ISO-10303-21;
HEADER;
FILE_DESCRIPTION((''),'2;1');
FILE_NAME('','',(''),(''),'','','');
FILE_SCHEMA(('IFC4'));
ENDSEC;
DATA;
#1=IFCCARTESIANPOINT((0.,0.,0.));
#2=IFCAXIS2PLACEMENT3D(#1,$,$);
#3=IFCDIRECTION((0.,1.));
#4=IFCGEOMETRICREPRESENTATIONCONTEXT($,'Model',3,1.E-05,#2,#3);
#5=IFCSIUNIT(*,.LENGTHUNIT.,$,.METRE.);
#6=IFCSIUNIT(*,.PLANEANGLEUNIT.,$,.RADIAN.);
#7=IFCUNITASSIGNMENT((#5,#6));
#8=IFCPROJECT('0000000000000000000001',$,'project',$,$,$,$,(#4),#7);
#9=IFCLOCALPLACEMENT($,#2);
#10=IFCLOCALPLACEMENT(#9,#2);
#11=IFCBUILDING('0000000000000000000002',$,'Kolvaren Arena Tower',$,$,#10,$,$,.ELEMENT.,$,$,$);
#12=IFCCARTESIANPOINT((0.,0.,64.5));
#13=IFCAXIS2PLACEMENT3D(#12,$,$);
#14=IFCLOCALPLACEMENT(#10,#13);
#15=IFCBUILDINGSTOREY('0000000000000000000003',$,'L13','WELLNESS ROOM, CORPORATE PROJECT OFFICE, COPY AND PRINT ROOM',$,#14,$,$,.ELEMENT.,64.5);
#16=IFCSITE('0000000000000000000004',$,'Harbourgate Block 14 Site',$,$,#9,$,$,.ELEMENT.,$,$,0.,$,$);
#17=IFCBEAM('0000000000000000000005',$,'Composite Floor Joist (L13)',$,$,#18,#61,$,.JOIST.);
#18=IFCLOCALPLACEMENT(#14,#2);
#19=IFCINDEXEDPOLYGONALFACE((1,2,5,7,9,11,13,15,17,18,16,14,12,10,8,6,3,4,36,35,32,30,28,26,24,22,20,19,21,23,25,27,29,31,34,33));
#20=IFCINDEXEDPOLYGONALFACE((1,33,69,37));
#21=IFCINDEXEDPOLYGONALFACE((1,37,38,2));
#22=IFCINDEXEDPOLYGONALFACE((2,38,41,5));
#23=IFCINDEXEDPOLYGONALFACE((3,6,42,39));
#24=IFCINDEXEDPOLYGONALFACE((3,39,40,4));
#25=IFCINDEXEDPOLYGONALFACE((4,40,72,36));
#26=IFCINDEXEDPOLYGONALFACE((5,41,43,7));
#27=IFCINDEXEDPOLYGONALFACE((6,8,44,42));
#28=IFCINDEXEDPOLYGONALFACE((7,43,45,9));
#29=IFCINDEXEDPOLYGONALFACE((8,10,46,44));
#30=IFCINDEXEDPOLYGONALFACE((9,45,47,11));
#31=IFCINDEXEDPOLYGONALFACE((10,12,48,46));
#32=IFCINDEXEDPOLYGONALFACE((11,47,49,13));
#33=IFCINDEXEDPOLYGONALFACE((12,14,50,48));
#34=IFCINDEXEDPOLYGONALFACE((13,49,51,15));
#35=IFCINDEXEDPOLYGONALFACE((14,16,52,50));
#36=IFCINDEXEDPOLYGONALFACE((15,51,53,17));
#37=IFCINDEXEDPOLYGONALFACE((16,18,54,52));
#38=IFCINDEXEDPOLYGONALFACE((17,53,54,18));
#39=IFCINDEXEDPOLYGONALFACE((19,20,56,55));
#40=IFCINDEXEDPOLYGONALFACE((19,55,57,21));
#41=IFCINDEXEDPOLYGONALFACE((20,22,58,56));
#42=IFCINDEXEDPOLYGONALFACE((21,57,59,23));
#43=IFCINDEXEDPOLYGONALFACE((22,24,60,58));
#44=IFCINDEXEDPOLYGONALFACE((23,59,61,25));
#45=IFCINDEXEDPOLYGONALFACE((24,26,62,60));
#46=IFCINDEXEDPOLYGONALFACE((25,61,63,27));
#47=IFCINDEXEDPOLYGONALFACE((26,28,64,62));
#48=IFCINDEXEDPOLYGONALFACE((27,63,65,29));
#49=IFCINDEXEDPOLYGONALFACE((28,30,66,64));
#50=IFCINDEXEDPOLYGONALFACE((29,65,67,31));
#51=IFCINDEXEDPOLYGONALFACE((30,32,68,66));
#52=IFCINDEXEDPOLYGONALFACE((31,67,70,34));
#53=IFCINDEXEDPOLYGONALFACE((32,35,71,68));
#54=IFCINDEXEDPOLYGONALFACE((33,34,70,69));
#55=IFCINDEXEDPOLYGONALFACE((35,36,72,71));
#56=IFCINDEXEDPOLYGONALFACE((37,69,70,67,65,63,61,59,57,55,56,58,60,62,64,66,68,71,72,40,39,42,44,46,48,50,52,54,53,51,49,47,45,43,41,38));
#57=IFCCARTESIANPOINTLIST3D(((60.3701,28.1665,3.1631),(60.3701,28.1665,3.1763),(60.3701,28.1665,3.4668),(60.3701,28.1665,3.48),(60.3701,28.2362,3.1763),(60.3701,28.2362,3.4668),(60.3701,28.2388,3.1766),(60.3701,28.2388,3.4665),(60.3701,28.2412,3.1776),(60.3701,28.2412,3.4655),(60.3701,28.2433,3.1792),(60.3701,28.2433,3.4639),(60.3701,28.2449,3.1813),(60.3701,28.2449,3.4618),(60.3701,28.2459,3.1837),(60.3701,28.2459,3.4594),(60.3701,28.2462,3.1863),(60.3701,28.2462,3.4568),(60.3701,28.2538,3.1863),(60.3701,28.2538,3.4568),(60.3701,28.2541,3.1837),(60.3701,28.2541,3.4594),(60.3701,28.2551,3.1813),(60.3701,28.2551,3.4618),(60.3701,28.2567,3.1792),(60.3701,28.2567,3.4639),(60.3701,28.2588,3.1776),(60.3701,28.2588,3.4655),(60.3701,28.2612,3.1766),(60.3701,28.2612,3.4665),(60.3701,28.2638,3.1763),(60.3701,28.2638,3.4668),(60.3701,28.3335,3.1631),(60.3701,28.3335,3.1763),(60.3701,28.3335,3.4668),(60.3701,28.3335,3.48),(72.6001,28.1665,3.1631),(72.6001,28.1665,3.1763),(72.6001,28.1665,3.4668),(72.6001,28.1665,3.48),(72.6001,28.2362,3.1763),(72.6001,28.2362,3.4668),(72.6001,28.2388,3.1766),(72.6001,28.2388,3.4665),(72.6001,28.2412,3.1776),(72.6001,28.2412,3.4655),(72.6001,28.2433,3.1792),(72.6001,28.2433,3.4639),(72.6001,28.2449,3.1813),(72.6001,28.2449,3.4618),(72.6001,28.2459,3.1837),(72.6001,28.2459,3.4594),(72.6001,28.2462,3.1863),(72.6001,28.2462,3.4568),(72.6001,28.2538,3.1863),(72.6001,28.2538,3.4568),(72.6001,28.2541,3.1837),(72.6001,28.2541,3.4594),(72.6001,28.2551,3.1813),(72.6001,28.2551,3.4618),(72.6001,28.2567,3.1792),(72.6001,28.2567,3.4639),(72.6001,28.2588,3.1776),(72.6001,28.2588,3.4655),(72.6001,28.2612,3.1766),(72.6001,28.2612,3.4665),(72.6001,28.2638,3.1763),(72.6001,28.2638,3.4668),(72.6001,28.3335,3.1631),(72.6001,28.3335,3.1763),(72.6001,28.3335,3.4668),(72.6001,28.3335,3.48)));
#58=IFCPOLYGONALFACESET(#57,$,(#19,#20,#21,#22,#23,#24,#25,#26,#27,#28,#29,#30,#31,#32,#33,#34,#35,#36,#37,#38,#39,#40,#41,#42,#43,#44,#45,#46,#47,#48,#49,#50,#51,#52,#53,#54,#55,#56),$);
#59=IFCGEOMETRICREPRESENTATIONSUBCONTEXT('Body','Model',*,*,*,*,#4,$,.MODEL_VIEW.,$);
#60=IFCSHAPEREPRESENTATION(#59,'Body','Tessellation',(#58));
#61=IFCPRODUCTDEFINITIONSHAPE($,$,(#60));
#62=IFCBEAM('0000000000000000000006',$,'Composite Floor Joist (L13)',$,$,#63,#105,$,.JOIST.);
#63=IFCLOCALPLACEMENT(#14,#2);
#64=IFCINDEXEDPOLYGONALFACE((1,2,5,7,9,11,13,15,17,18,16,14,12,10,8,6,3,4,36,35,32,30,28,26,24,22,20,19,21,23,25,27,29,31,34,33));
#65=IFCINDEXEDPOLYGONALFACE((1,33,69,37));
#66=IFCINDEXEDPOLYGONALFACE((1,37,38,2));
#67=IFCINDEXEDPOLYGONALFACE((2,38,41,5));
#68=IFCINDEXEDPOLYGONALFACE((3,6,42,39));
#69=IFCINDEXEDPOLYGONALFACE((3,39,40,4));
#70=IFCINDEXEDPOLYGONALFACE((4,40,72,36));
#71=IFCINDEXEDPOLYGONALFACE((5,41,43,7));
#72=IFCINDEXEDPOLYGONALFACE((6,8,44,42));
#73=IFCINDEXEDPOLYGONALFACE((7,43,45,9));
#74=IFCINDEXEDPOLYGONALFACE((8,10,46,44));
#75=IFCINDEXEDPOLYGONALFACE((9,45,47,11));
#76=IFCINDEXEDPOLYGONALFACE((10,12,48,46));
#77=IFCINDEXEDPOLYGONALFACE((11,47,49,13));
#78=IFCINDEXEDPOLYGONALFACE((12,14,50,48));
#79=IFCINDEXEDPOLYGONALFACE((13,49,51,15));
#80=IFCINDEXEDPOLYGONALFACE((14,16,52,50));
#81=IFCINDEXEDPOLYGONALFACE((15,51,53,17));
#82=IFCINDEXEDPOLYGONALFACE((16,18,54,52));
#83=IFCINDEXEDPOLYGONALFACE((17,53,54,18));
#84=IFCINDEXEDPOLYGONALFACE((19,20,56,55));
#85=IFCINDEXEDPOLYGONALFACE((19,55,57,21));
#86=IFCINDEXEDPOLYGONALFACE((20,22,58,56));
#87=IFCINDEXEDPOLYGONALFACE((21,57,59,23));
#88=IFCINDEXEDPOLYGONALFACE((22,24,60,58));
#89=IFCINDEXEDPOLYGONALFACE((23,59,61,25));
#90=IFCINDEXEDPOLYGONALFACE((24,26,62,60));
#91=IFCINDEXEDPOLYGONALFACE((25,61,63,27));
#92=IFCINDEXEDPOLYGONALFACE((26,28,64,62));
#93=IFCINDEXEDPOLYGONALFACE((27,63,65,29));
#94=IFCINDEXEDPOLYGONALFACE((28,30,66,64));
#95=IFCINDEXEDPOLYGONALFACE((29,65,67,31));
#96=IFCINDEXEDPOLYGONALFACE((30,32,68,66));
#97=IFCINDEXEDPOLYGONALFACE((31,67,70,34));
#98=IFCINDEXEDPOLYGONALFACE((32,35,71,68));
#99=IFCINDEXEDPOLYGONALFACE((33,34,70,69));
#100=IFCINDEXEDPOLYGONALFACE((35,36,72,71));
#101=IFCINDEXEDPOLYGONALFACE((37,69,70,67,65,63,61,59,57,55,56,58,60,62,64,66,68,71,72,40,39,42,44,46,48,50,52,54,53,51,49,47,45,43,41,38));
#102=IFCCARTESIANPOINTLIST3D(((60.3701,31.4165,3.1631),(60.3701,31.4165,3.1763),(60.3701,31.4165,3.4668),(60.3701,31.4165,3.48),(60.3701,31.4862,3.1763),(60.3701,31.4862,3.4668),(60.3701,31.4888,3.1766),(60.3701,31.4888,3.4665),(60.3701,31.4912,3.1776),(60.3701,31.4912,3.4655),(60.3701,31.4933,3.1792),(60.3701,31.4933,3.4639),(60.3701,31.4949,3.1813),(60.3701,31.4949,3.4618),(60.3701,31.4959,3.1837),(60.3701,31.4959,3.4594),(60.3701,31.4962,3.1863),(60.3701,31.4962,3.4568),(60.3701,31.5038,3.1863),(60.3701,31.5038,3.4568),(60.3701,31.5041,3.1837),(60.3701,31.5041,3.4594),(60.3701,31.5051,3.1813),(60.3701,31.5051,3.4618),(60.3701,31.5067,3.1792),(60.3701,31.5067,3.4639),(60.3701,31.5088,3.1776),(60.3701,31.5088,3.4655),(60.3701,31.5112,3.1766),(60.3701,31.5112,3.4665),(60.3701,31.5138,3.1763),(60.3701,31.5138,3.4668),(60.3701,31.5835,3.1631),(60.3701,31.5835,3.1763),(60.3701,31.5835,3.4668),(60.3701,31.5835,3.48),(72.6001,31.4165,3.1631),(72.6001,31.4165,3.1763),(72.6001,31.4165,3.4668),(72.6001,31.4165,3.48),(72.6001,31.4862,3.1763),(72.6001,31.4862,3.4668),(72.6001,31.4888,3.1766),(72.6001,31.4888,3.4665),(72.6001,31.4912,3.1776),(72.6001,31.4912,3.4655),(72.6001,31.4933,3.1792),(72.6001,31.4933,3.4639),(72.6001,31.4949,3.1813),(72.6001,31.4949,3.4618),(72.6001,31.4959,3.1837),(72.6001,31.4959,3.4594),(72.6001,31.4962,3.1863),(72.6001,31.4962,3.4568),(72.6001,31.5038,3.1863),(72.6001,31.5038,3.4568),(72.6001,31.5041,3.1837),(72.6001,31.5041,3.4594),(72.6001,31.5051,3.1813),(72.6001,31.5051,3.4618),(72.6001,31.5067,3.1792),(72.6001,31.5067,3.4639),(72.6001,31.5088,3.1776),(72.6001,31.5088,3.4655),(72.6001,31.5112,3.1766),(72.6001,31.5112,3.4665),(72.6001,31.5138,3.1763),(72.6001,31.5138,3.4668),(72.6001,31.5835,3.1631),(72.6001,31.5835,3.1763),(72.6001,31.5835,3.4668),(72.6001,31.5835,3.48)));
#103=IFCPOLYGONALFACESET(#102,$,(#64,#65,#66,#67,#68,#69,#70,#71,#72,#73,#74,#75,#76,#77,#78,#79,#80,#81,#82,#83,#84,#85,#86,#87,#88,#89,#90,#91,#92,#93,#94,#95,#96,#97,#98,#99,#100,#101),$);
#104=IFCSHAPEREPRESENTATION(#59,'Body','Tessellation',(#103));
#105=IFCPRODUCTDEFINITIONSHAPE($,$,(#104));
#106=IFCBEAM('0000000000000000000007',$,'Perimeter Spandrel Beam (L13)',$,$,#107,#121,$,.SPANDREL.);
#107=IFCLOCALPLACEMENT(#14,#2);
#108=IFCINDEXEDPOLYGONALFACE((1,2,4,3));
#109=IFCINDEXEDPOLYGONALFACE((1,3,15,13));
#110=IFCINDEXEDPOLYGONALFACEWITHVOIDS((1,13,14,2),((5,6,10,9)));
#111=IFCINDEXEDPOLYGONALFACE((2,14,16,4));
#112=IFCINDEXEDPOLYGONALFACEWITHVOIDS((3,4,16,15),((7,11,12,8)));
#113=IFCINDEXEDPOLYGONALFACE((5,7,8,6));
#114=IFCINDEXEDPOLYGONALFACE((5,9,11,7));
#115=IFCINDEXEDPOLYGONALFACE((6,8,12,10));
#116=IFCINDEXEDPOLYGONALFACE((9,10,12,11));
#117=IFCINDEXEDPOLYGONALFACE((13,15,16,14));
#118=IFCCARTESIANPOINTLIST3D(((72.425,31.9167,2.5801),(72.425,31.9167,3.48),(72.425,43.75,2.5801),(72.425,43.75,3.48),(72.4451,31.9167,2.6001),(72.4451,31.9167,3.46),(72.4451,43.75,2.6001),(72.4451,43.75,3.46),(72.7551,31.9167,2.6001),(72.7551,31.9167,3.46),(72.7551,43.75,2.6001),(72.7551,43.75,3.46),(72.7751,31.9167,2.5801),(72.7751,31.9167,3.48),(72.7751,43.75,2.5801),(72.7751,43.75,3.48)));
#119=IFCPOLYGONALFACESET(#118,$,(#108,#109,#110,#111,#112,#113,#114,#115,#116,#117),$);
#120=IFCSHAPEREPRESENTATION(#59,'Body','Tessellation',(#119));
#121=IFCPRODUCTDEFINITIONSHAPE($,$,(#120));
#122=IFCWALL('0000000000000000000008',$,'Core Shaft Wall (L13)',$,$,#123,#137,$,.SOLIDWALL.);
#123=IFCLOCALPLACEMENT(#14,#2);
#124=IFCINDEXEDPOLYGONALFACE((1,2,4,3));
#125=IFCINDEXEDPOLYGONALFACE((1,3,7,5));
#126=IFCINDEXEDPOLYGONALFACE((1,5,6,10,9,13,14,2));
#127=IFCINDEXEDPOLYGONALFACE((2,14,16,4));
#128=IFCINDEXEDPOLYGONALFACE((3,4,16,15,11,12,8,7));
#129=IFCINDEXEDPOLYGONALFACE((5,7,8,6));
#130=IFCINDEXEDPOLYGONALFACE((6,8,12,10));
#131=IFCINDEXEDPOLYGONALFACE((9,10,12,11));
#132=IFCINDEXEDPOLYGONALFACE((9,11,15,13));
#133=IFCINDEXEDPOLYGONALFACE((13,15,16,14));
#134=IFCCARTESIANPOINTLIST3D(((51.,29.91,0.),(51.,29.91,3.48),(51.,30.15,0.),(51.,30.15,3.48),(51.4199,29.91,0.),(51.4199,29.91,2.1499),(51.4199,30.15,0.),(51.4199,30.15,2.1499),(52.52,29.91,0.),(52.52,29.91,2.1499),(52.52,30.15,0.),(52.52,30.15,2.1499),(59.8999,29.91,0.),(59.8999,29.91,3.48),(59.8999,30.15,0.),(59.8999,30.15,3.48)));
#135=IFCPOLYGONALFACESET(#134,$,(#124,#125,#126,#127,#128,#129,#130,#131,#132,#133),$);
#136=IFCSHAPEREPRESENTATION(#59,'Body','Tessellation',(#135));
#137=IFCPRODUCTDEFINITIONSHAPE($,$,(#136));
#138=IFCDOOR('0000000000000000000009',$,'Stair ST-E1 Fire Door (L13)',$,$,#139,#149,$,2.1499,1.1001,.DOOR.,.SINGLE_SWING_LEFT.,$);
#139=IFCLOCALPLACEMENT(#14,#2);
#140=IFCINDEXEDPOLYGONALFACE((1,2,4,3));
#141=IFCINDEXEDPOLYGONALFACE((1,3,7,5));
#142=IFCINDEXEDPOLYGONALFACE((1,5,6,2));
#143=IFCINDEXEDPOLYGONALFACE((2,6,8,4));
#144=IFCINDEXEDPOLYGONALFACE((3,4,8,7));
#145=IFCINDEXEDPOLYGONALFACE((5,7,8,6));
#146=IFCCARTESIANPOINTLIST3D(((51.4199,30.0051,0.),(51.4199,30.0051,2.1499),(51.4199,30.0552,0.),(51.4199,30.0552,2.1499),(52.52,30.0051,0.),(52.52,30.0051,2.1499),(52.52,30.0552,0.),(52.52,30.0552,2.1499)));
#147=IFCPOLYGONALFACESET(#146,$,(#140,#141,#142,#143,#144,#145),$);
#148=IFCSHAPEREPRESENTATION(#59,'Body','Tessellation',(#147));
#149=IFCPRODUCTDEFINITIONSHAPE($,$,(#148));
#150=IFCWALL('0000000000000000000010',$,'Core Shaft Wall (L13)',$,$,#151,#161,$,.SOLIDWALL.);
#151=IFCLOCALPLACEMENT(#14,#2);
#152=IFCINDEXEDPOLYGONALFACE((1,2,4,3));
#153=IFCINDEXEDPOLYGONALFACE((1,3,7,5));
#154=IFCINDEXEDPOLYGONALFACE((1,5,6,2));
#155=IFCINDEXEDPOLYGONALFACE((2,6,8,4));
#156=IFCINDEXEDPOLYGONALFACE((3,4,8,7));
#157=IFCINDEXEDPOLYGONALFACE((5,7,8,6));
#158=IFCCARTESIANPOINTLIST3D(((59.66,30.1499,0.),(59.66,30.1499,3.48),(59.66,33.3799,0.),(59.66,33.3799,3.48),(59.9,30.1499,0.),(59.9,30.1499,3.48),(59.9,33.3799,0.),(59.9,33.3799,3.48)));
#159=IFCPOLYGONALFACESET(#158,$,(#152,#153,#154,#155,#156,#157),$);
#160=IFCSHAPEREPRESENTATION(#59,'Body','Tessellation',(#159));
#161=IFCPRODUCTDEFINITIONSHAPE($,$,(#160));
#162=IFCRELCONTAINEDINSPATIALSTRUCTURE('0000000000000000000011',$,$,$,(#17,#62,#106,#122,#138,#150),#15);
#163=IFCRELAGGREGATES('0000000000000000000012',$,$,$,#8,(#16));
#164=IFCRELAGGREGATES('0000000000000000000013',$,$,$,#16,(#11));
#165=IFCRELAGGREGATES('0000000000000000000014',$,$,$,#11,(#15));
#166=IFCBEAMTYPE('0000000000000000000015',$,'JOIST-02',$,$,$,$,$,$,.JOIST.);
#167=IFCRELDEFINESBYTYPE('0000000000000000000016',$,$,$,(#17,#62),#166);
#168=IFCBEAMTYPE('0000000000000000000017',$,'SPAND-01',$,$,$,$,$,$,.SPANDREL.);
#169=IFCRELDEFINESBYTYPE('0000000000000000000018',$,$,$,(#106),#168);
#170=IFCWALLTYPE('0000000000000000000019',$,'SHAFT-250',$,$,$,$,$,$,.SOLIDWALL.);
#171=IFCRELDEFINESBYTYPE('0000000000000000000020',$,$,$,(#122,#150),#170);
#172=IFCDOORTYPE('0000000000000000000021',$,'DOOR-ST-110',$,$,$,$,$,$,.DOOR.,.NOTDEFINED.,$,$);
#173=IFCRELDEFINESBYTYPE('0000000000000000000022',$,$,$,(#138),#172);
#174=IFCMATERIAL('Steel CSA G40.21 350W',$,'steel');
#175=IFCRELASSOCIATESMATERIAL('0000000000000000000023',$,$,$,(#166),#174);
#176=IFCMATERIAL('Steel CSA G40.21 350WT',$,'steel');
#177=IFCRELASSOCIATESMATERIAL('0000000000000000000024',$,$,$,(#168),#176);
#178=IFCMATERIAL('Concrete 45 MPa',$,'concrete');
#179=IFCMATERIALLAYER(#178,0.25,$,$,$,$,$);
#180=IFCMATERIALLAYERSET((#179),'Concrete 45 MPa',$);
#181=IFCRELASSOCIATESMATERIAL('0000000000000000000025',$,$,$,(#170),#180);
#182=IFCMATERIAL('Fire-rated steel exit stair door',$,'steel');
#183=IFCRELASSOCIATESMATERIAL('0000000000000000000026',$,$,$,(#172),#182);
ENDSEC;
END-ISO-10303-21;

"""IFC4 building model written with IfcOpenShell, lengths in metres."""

from ifc_helpers import new_model, si_unit, direction, frame, frame_2d, origin, origin_2d, place, context, subcontext, project, spatial, rectangle, hollow_rectangle, i_section, extrude, material, layer, layer_set, material_profile, profile_set, type_object, element, fill, save


model = new_model("IFC4")

# Units and contexts
model_context = context("Model", 3, precision=1e-05, world=origin(), true_north=direction((0.0, 1.0)))
body_context = subcontext(model_context, "Body", "Model", "MODEL_VIEW")
ifc_project = project(units=[si_unit("LENGTHUNIT", "METRE"), si_unit("PLANEANGLEUNIT", "RADIAN")], contexts=[model_context])

# Site, building, storey
site_placement = place(None, origin())
site = spatial("IfcSite", under=ifc_project, at=site_placement, Name="Harbourgate Block 14 Site", CompositionType="ELEMENT", RefElevation=0.0)
building_placement = place(site_placement, origin())
building = spatial("IfcBuilding", under=site, at=building_placement, Name="Kolvaren Arena Tower", CompositionType="ELEMENT")
storey_placement = place(building_placement, frame((0.0, 0.0, 64.5)))
storey = spatial("IfcBuildingStorey", under=building, at=storey_placement, Name="L13", Description="WELLNESS ROOM, CORPORATE PROJECT OFFICE, COPY AND PRINT ROOM", CompositionType="ELEMENT", Elevation=64.5)

# Beams
ifc_material_1 = material(Name="Steel CSA G40.21 350W", Category="steel")
ifc_material_profile_1 = material_profile(ifc_material_1, i_section(OverallWidth=0.167, OverallDepth=0.3169, WebThickness=0.0076, FlangeThickness=0.0132, FilletRadius=0.01, at=origin_2d()), Name="W310x52")
ifc_profile_set_1 = profile_set([ifc_material_profile_1], Name="Steel CSA G40.21 350W")
beam_type_1 = type_object("IfcBeamType", Name="JOIST-02", PredefinedType="JOIST", material=ifc_profile_set_1)
for number, where, z_axis, x_axis, name in (
    (1, (60.3701, 28.25, 3.3215), (1.0, 0.0, 0.0), (0.0, 1.0, 0.0), "Composite Floor Joist (L13)"),
    (2, (60.3701, 31.5, 3.3215), (1.0, 0.0, 0.0), (0.0, 1.0, 0.0), "Composite Floor Joist (L13)"),
):
    element("IfcBeam", number, at=place(storey_placement, frame(where, z_axis=z_axis, x_axis=x_axis)), inside=storey, type_object=beam_type_1, Name=name, PredefinedType="JOIST", context=body_context, shape_type="SweptSolid", body=[
        extrude(i_section(OverallWidth=0.167, OverallDepth=0.3169, WebThickness=0.0076, FlangeThickness=0.0132, FilletRadius=0.01, at=origin_2d()), origin(), (0.0, 0.0, 1.0), 12.23),
    ])
ifc_material_2 = material(Name="Steel CSA G40.21 350WT", Category="steel")
ifc_material_profile_2 = material_profile(ifc_material_2, hollow_rectangle(XDim=0.3501, YDim=0.8999, WallThickness=0.02, at=origin_2d()), Name="HSS 900x350x20")
ifc_profile_set_2 = profile_set([ifc_material_profile_2], Name="Steel CSA G40.21 350WT")
beam_type_2 = type_object("IfcBeamType", Name="SPAND-01", PredefinedType="SPANDREL", material=ifc_profile_set_2)
beam_1_placement = place(storey_placement, frame((72.6001, 31.9167, 3.03), z_axis=(0.0, 1.0, 0.0), x_axis=(-1.0, 0.0, 0.0)))
element("IfcBeam", 3, at=beam_1_placement, inside=storey, type_object=beam_type_2, Name="Perimeter Spandrel Beam (L13)", PredefinedType="SPANDREL", context=body_context, shape_type="SweptSolid", body=[
    extrude(hollow_rectangle(XDim=0.3501, YDim=0.8999, WallThickness=0.02, at=origin_2d()), origin(), (0.0, 0.0, 1.0), 11.8333),
])

# Wall, opening, door
ifc_material_3 = material(Name="Concrete 45 MPa", Category="concrete")
ifc_layer = layer(ifc_material_3, 0.25)
ifc_layer_set = layer_set([ifc_layer], Name="Concrete 45 MPa")
wall_type = type_object("IfcWallType", Name="SHAFT-250", PredefinedType="SOLIDWALL", material=ifc_layer_set)
wall_1_placement = place(storey_placement, frame((59.8999, 30.03, 0.0), z_axis=(0.0, 0.0, 1.0), x_axis=(-1.0, 0.0, 0.0)))
wall_1 = element("IfcWall", 4, at=wall_1_placement, inside=storey, type_object=wall_type, Name="Core Shaft Wall (L13)", PredefinedType="SOLIDWALL", context=body_context, shape_type="SweptSolid", body=[
    extrude(rectangle(XDim=8.8999, YDim=0.24, at=frame_2d((4.45, 0.0))), origin(), (0.0, 0.0, 1.0), 3.48),
])
opening_1_placement = place(wall_1_placement, frame((7.3799, 0.0, 0.0)))
opening_1 = element("IfcOpeningElement", 5, at=opening_1_placement, cuts=wall_1, PredefinedType="OPENING", context=body_context, shape_type="SweptSolid", body=[
    extrude(rectangle(XDim=1.1001, YDim=2.1499, at=frame_2d((0.55, 1.075))), frame((0.0, 0.1299, 0.0), z_axis=(0.0, -1.0, 0.0), x_axis=(1.0, 0.0, 0.0)), (0.0, 0.0, 1.0), 0.26),
])
ifc_material_4 = material(Name="Fire-rated steel exit stair door", Category="steel")
door_type = type_object("IfcDoorType", Name="DOOR-ST-110", OperationType="NOTDEFINED", PredefinedType="DOOR", material=ifc_material_4)
door_1_placement = place(opening_1_placement, origin())
door_1 = element("IfcDoor", 6, at=door_1_placement, inside=storey, type_object=door_type, Name="Stair ST-E1 Fire Door (L13)", OperationType="SINGLE_SWING_LEFT", OverallHeight=2.1499, OverallWidth=1.1001, PredefinedType="DOOR", context=body_context, shape_type="SweptSolid", body=[
    extrude(rectangle(XDim=1.1001, YDim=2.1499, at=frame_2d((0.55, 1.075))), frame((0.0, 0.0249, 0.0), z_axis=(0.0, -1.0, 0.0), x_axis=(1.0, 0.0, 0.0)), (0.0, 0.0, 1.0), 0.05),
])
fill(opening_1, door_1)

# Wall
wall_2_placement = place(storey_placement, frame((59.78, 30.1499, 0.0), z_axis=(0.0, 0.0, 1.0), x_axis=(0.0, 1.0, 0.0)))
element("IfcWall", 7, at=wall_2_placement, inside=storey, type_object=wall_type, Name="Core Shaft Wall (L13)", PredefinedType="SOLIDWALL", context=body_context, shape_type="SweptSolid", body=[
    extrude(rectangle(XDim=3.23, YDim=0.24, at=frame_2d((1.615, 0.0))), origin(), (0.0, 0.0, 1.0), 3.48),
])

save(model, "model.ifc")
